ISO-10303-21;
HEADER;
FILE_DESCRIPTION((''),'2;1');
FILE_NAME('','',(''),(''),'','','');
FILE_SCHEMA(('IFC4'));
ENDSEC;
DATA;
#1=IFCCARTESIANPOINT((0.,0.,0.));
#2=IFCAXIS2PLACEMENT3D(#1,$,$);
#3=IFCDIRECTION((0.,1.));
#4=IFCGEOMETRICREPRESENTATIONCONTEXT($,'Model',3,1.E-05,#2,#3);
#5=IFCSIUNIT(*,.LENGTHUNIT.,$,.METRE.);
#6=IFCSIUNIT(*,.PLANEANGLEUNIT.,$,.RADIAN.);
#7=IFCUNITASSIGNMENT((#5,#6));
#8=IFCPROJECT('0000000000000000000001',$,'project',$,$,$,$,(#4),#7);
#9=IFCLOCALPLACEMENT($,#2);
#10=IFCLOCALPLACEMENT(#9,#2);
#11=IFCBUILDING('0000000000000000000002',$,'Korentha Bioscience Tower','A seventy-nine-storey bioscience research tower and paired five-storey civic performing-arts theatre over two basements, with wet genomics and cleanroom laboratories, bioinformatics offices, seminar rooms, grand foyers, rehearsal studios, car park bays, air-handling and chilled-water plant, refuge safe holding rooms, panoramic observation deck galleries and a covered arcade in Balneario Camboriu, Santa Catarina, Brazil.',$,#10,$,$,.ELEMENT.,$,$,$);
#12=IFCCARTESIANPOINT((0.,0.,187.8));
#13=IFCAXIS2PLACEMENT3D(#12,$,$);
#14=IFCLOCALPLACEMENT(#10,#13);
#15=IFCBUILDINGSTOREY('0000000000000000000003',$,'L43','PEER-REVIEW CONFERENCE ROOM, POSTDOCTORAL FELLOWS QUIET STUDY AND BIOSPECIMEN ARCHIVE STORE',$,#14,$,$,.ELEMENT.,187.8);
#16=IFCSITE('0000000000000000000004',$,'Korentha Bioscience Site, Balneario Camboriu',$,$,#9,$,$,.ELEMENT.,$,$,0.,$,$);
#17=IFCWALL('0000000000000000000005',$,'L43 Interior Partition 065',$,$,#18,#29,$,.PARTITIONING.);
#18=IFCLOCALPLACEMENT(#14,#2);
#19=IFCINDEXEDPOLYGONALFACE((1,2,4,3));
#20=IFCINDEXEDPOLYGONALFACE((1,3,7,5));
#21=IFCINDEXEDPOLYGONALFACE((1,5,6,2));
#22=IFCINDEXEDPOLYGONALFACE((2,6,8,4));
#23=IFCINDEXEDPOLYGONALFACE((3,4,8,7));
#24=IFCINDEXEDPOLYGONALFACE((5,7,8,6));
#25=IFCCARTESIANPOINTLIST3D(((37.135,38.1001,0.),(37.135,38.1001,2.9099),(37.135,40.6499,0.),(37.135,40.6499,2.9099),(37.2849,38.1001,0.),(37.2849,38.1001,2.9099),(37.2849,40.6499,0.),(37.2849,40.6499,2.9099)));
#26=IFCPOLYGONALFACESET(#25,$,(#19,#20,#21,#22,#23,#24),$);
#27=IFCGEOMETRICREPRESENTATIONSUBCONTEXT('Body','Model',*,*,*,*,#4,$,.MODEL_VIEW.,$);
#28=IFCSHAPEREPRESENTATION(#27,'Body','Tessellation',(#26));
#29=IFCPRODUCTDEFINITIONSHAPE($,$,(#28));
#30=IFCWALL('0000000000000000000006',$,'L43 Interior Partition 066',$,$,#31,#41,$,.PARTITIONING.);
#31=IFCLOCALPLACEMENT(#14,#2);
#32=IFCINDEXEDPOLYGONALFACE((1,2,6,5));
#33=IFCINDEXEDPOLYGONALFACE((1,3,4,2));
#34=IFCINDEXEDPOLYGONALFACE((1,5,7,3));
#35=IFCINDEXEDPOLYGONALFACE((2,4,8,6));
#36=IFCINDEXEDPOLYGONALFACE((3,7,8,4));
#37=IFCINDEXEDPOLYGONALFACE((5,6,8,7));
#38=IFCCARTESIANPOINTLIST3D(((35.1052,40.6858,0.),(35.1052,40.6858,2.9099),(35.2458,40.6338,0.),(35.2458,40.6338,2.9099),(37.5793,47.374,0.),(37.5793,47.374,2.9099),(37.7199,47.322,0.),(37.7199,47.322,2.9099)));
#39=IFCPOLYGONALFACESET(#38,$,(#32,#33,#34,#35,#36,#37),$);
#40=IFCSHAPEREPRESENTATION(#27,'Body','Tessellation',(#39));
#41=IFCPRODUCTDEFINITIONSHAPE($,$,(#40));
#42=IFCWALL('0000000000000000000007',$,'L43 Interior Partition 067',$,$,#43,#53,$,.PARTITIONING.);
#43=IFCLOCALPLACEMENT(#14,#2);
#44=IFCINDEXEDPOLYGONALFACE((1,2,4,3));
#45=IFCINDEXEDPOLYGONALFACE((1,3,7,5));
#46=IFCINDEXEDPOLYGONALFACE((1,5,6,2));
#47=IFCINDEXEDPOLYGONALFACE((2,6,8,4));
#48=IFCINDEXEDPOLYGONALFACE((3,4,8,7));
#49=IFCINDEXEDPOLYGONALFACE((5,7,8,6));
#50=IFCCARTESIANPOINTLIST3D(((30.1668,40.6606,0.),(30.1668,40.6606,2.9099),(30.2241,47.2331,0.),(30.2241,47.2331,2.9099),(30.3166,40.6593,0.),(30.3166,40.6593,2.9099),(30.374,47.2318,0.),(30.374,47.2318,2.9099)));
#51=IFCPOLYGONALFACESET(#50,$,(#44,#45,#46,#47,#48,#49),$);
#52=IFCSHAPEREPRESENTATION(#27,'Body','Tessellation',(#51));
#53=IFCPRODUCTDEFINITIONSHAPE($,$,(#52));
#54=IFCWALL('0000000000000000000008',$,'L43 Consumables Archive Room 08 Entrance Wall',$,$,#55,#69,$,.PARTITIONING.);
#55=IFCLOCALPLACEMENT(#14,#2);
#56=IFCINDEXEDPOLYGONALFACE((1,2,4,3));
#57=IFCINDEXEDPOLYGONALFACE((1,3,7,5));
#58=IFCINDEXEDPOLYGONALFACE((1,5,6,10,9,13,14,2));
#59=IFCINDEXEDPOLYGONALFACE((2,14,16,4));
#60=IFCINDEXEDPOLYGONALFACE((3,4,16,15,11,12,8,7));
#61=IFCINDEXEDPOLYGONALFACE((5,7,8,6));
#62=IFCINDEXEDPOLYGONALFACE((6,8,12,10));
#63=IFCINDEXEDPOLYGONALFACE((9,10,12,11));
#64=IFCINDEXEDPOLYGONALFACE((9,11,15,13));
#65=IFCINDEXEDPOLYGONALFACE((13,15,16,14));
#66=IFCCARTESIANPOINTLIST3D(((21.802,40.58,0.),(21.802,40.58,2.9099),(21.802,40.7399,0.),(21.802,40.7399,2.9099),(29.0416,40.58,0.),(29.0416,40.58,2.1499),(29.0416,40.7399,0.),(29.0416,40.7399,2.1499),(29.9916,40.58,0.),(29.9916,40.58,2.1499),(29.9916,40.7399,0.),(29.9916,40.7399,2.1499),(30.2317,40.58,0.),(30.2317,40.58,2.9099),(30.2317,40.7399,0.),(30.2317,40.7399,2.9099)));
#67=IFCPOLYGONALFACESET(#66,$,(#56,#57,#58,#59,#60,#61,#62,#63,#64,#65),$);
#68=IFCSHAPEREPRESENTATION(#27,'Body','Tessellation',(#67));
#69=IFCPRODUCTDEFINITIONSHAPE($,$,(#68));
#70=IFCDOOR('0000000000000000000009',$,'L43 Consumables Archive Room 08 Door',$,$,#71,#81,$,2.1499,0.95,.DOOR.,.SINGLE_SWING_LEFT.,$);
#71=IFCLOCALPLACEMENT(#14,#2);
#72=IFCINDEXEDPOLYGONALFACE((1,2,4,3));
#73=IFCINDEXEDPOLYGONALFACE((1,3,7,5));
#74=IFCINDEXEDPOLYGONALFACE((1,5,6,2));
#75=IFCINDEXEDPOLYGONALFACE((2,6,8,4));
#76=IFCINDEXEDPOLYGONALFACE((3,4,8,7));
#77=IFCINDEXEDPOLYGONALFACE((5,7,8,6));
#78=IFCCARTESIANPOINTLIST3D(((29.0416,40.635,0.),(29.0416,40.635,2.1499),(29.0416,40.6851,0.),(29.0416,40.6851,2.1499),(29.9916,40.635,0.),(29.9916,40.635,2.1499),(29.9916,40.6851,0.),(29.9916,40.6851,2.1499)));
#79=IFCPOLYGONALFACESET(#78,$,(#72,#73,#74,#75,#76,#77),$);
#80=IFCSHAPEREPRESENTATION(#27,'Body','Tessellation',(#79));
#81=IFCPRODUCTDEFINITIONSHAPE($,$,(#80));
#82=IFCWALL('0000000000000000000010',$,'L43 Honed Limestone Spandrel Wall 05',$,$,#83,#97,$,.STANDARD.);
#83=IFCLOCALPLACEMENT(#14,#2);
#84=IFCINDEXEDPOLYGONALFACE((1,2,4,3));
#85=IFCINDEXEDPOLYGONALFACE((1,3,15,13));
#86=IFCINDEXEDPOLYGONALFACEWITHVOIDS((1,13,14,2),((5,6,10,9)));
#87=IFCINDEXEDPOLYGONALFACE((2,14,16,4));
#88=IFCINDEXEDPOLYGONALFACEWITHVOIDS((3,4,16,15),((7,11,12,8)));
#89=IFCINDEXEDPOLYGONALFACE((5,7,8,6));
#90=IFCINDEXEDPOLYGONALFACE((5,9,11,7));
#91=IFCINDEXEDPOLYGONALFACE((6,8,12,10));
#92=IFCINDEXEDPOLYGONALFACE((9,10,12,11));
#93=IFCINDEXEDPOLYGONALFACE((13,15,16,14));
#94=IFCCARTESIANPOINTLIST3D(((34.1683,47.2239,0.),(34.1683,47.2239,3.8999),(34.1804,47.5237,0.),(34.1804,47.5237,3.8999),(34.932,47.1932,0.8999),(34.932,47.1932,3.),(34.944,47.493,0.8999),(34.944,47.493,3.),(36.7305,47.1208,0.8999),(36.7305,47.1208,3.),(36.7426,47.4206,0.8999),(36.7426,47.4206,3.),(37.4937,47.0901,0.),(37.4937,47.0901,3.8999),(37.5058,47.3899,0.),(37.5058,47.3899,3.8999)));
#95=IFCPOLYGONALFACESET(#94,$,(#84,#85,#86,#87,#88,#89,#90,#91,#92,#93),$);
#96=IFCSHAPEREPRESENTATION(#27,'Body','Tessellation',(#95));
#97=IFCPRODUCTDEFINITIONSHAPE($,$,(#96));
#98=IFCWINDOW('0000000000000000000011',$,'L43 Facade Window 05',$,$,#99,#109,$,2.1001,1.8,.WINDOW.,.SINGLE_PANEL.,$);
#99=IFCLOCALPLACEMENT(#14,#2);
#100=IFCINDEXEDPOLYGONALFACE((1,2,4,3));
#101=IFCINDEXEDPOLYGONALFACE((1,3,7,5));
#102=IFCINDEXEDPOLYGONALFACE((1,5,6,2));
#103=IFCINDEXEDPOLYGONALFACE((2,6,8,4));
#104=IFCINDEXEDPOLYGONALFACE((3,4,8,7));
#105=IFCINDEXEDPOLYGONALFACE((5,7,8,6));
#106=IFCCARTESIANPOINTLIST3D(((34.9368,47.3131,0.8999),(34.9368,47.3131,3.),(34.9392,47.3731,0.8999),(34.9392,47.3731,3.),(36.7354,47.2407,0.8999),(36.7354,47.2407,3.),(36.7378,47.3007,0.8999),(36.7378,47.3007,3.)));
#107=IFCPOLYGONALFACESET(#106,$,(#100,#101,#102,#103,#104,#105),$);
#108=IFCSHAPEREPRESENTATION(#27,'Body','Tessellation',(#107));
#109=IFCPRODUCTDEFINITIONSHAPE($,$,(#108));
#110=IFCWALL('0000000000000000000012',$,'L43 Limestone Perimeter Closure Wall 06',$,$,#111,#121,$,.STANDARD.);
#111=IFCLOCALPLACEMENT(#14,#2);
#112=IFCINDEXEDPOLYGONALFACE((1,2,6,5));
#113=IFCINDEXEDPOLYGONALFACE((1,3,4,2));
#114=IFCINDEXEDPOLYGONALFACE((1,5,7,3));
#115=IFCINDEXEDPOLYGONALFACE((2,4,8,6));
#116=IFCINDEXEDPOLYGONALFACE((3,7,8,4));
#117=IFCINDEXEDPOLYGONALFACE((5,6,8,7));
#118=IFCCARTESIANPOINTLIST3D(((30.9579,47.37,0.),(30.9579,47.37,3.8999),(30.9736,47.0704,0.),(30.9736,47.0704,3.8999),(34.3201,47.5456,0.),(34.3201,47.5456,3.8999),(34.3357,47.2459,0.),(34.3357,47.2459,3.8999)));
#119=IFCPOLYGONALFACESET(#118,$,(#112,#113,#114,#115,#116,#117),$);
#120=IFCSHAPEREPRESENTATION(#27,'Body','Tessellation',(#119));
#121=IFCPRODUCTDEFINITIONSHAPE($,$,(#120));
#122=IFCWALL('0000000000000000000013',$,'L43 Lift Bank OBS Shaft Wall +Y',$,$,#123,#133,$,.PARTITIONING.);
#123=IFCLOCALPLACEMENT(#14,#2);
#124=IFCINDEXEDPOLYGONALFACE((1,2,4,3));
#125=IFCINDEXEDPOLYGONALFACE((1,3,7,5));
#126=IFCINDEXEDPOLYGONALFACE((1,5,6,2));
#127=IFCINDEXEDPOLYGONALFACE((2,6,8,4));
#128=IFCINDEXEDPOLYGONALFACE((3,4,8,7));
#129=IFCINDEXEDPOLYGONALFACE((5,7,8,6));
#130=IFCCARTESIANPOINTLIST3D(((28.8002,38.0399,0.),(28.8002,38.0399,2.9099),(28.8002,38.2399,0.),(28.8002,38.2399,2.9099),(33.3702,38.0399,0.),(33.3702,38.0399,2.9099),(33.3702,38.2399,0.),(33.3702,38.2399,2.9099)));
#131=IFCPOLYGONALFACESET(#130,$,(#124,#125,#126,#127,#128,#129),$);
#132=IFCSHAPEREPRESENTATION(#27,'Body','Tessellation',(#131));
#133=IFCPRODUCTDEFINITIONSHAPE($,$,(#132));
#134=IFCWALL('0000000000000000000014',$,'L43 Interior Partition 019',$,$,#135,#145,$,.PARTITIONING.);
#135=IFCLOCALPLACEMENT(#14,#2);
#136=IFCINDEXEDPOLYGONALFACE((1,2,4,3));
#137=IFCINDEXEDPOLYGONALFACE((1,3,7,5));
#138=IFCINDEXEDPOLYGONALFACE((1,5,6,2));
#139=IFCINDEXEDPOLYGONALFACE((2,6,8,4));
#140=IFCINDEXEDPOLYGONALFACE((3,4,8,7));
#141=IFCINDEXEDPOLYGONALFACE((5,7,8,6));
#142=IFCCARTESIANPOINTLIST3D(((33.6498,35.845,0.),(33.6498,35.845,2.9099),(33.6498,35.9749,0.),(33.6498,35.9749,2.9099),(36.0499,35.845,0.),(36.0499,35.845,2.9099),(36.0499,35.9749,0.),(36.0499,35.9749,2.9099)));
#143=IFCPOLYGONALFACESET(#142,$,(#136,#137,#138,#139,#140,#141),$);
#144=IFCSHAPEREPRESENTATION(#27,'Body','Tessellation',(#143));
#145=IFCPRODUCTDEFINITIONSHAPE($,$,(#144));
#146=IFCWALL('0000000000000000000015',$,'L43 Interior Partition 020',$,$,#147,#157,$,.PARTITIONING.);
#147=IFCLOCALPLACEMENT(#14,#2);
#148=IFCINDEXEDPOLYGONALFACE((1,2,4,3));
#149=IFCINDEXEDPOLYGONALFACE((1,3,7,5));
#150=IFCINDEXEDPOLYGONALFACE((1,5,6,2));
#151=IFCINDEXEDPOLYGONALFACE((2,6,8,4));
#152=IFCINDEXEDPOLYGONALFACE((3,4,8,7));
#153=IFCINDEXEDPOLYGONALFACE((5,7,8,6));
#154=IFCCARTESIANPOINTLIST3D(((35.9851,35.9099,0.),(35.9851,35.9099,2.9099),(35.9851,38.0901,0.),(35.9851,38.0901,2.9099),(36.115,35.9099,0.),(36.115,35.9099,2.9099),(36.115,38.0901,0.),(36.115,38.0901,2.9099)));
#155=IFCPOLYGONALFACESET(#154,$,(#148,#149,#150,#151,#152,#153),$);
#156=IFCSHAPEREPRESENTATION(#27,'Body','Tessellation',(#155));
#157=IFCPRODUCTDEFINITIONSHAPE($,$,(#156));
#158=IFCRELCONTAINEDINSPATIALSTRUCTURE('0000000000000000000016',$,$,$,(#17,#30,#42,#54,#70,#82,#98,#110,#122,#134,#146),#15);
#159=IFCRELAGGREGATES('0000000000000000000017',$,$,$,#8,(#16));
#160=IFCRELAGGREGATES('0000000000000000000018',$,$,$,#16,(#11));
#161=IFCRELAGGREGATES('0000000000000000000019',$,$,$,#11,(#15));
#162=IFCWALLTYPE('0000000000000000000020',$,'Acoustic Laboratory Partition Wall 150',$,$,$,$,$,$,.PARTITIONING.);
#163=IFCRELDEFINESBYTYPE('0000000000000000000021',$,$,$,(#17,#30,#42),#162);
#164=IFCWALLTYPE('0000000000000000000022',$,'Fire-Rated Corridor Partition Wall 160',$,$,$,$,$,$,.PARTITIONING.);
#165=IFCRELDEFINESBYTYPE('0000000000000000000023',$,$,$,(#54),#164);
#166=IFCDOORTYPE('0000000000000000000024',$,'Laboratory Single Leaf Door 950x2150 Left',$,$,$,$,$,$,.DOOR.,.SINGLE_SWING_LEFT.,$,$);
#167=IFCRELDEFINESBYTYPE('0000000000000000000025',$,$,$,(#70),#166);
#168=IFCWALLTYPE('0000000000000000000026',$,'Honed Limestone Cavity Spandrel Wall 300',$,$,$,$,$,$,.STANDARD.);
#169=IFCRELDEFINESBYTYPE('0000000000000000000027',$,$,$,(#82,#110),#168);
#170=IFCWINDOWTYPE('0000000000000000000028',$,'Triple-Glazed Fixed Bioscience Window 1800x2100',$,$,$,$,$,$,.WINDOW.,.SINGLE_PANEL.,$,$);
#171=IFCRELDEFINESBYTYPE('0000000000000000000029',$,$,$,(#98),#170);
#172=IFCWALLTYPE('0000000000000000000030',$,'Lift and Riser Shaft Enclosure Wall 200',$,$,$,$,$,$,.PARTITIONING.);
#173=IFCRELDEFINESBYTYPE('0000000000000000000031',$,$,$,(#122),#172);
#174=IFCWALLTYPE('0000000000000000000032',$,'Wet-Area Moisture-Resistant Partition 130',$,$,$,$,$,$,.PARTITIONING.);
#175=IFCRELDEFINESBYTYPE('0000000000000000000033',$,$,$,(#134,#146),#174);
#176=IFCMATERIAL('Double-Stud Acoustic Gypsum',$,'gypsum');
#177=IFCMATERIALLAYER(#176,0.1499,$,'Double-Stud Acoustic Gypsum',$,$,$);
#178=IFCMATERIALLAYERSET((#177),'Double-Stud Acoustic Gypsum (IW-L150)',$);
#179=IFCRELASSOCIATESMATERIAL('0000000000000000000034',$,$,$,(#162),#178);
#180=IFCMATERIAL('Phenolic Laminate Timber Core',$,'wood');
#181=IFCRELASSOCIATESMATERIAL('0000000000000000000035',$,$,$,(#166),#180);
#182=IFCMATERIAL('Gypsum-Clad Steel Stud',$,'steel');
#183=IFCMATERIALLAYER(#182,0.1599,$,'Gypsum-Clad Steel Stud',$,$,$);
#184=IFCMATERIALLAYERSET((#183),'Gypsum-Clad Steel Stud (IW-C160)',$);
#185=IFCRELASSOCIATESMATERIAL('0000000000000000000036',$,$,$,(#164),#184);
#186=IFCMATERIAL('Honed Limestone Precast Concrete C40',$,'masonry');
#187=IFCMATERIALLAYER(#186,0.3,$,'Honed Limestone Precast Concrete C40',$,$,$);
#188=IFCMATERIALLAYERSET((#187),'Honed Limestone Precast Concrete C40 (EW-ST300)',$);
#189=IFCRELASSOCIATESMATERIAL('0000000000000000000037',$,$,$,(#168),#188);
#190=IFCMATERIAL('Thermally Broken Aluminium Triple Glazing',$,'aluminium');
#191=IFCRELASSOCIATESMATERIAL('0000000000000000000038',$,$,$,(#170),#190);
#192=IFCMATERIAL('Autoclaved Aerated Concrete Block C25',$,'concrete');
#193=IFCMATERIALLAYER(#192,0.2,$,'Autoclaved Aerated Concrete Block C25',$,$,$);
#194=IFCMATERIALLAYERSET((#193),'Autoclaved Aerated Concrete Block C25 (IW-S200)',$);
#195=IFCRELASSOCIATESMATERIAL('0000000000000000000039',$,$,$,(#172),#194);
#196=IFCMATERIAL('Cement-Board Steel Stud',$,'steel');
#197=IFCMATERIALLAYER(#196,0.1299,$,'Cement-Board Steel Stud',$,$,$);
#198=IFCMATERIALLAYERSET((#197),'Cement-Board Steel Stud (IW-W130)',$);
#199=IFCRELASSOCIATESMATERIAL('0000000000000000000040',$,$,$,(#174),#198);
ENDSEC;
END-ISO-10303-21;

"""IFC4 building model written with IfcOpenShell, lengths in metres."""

from ifc_helpers import new_model, si_unit, direction, frame, frame_2d, origin, place, context, subcontext, project, spatial, rectangle, extrude, material, layer, layer_set, type_object, element, fill, save


model = new_model("IFC4")

# Units and contexts
model_context = context("Model", 3, precision=1e-05, world=origin(), true_north=direction((0.0, 1.0)))
body_context = subcontext(model_context, "Body", "Model", "MODEL_VIEW")
ifc_project = project(units=[si_unit("LENGTHUNIT", "METRE"), si_unit("PLANEANGLEUNIT", "RADIAN")], contexts=[model_context])

# Site, building, storey
site_placement = place(None, origin())
site = spatial("IfcSite", under=ifc_project, at=site_placement, Name="Korentha Bioscience Site, Balneario Camboriu", CompositionType="ELEMENT", RefElevation=0.0)
building_placement = place(site_placement, origin())
building = spatial("IfcBuilding", under=site, at=building_placement, Name="Korentha Bioscience Tower", Description="A seventy-nine-storey bioscience research tower and paired five-storey civic performing-arts theatre over two basements, with wet genomics and cleanroom laboratories, bioinformatics offices, seminar rooms, grand foyers, rehearsal studios, car park bays, air-handling and chilled-water plant, refuge safe holding rooms, panoramic observation deck galleries and a covered arcade in Balneario Camboriu, Santa Catarina, Brazil.", CompositionType="ELEMENT")
storey_placement = place(building_placement, frame((0.0, 0.0, 187.8)))
storey = spatial("IfcBuildingStorey", under=building, at=storey_placement, Name="L43", Description="PEER-REVIEW CONFERENCE ROOM, POSTDOCTORAL FELLOWS QUIET STUDY AND BIOSPECIMEN ARCHIVE STORE", CompositionType="ELEMENT", Elevation=187.8)

# Shared definitions
ifc_material_1 = material(Name="Double-Stud Acoustic Gypsum", Category="gypsum")
ifc_layer_1 = layer(ifc_material_1, 0.1499, Name="Double-Stud Acoustic Gypsum")
ifc_layer_set_1 = layer_set([ifc_layer_1], Name="Double-Stud Acoustic Gypsum (IW-L150)")
wall_type_1 = type_object("IfcWallType", Name="Acoustic Laboratory Partition Wall 150", PredefinedType="PARTITIONING", material=ifc_layer_set_1)
ifc_material_2 = material(Name="Phenolic Laminate Timber Core", Category="wood")
door_type_1 = type_object("IfcDoorType", Name="Laboratory Single Leaf Door 950x2150 Left", OperationType="SINGLE_SWING_LEFT", PredefinedType="DOOR", material=ifc_material_2)

# Walls
wall_1_placement = place(storey_placement, frame((37.21, 38.1001, 0.0), z_axis=(0.0, 0.0, 1.0), x_axis=(0.0, 1.0, 0.0)))
element("IfcWall", 1, at=wall_1_placement, inside=storey, type_object=wall_type_1, Name="L43 Interior Partition 065", PredefinedType="PARTITIONING", context=body_context, shape_type="SweptSolid", body=[
    extrude(rectangle(XDim=2.5498, YDim=0.1499, at=frame_2d((1.2749, 0.0))), origin(), (0.0, 0.0, 1.0), 2.9099),
])
wall_2_placement = place(storey_placement, frame((35.1755, 40.6599, 0.0), z_axis=(0.0, 0.0, 1.0), x_axis=(0.346944, 0.937886, 0.0)))
element("IfcWall", 2, at=wall_2_placement, inside=storey, type_object=wall_type_1, Name="L43 Interior Partition 066", PredefinedType="PARTITIONING", context=body_context, shape_type="SweptSolid", body=[
    extrude(rectangle(XDim=7.1311, YDim=0.1499, at=frame_2d((3.5654, 0.0))), origin(), (0.0, 0.0, 1.0), 2.9099),
])
wall_3_placement = place(storey_placement, frame((30.2417, 40.6599, 0.0), z_axis=(0.0, 0.0, 1.0), x_axis=(0.008729, 0.999962, 0.0)))
element("IfcWall", 3, at=wall_3_placement, inside=storey, type_object=wall_type_1, Name="L43 Interior Partition 067", PredefinedType="PARTITIONING", context=body_context, shape_type="SweptSolid", body=[
    extrude(rectangle(XDim=6.5728, YDim=0.1499, at=frame_2d((3.2864, 0.0))), origin(), (0.0, 0.0, 1.0), 2.9099),
])

# Wall, opening, door
ifc_material_3 = material(Name="Gypsum-Clad Steel Stud", Category="steel")
ifc_layer_2 = layer(ifc_material_3, 0.1599, Name="Gypsum-Clad Steel Stud")
ifc_layer_set_2 = layer_set([ifc_layer_2], Name="Gypsum-Clad Steel Stud (IW-C160)")
wall_type_2 = type_object("IfcWallType", Name="Fire-Rated Corridor Partition Wall 160", PredefinedType="PARTITIONING", material=ifc_layer_set_2)
wall_4_placement = place(storey_placement, frame((30.2317, 40.6599, 0.0), z_axis=(0.0, 0.0, 1.0), x_axis=(-1.0, 0.0, 0.0)))
wall_4 = element("IfcWall", 4, at=wall_4_placement, inside=storey, type_object=wall_type_2, Name="L43 Consumables Archive Room 08 Entrance Wall", PredefinedType="PARTITIONING", context=body_context, shape_type="SweptSolid", body=[
    extrude(rectangle(XDim=8.4297, YDim=0.1599, at=frame_2d((4.2148, 0.0))), origin(), (0.0, 0.0, 1.0), 2.9099),
])
opening_1_placement = place(wall_4_placement, frame((0.24, 0.0, 0.0)))
opening_1 = element("IfcOpeningElement", 5, at=opening_1_placement, cuts=wall_4, PredefinedType="OPENING", context=body_context, shape_type="SweptSolid", body=[
    extrude(rectangle(XDim=0.95, YDim=2.1499, at=frame_2d((0.4751, 1.075))), frame((0.0, 0.0947, 0.0), z_axis=(0.0, -1.0, 0.0), x_axis=(1.0, 0.0, 0.0)), (0.0, 0.0, 1.0), 0.1897),
])
door_1_placement = place(opening_1_placement, origin())
door_1 = element("IfcDoor", 6, at=door_1_placement, inside=storey, type_object=door_type_1, Name="L43 Consumables Archive Room 08 Door", OperationType="SINGLE_SWING_LEFT", OverallHeight=2.1499, OverallWidth=0.95, PredefinedType="DOOR", context=body_context, shape_type="SweptSolid", body=[
    extrude(rectangle(XDim=0.95, YDim=2.1499, at=frame_2d((0.4751, 1.075))), frame((0.0, 0.0249, 0.0), z_axis=(0.0, -1.0, 0.0), x_axis=(1.0, 0.0, 0.0)), (0.0, 0.0, 1.0), 0.05),
])
fill(opening_1, door_1)

# Wall, opening, window
ifc_material_4 = material(Name="Honed Limestone Precast Concrete C40", Category="masonry")
ifc_layer_3 = layer(ifc_material_4, 0.3, Name="Honed Limestone Precast Concrete C40")
ifc_layer_set_3 = layer_set([ifc_layer_3], Name="Honed Limestone Precast Concrete C40 (EW-ST300)")
wall_type_3 = type_object("IfcWallType", Name="Honed Limestone Cavity Spandrel Wall 300", PredefinedType="STANDARD", material=ifc_layer_set_3)
wall_5_placement = place(storey_placement, frame((37.4998, 47.24, 0.0), z_axis=(0.0, 0.0, 1.0), x_axis=(-0.999192, 0.040199, 0.0)))
wall_5 = element("IfcWall", 7, at=wall_5_placement, inside=storey, type_object=wall_type_3, Name="L43 Honed Limestone Spandrel Wall 05", PredefinedType="STANDARD", context=body_context, shape_type="SweptSolid", body=[
    extrude(rectangle(XDim=3.3281, YDim=0.3, at=frame_2d((1.6641, 0.0))), origin(), (0.0, 0.0, 1.0), 3.8999),
])
opening_2_placement = place(wall_5_placement, frame((0.7639, 0.0, 0.8999)))
opening_2 = element("IfcOpeningElement", 8, at=opening_2_placement, cuts=wall_5, PredefinedType="OPENING", context=body_context, shape_type="SweptSolid", body=[
    extrude(rectangle(XDim=1.8, YDim=2.1001, at=frame_2d((0.8999, 1.05))), frame((0.0, 0.165, 0.0), z_axis=(0.0, -1.0, 0.0), x_axis=(1.0, 0.0, 0.0)), (0.0, 0.0, 1.0), 0.3298),
])
ifc_material_5 = material(Name="Thermally Broken Aluminium Triple Glazing", Category="aluminium")
window_type = type_object("IfcWindowType", Name="Triple-Glazed Fixed Bioscience Window 1800x2100", PartitioningType="SINGLE_PANEL", PredefinedType="WINDOW", material=ifc_material_5)
window_placement = place(opening_2_placement, origin())
window = element("IfcWindow", 9, at=window_placement, inside=storey, type_object=window_type, Name="L43 Facade Window 05", OverallHeight=2.1001, OverallWidth=1.8, PartitioningType="SINGLE_PANEL", PredefinedType="WINDOW", context=body_context, shape_type="SweptSolid", body=[
    extrude(rectangle(XDim=1.8, YDim=2.1001, at=frame_2d((0.8999, 1.05))), frame((0.0, 0.03, 0.0), z_axis=(0.0, -1.0, 0.0), x_axis=(1.0, 0.0, 0.0)), (0.0, 0.0, 1.0), 0.0601),
])
fill(opening_2, window)

# Walls
wall_6_placement = place(storey_placement, frame((34.3279, 47.3958, 0.0), z_axis=(0.0, 0.0, 1.0), x_axis=(-0.99864, -0.05214, 0.0)))
element("IfcWall", 10, at=wall_6_placement, inside=storey, type_object=wall_type_3, Name="L43 Limestone Perimeter Closure Wall 06", PredefinedType="STANDARD", context=body_context, shape_type="SweptSolid", body=[
    extrude(rectangle(XDim=3.3667, YDim=0.3, at=frame_2d((1.6833, 0.0))), origin(), (0.0, 0.0, 1.0), 3.8999),
])
ifc_material_6 = material(Name="Autoclaved Aerated Concrete Block C25", Category="concrete")
ifc_layer_4 = layer(ifc_material_6, 0.2, Name="Autoclaved Aerated Concrete Block C25")
ifc_layer_set_4 = layer_set([ifc_layer_4], Name="Autoclaved Aerated Concrete Block C25 (IW-S200)")
wall_type_4 = type_object("IfcWallType", Name="Lift and Riser Shaft Enclosure Wall 200", PredefinedType="PARTITIONING", material=ifc_layer_set_4)
wall_7_placement = place(storey_placement, frame((28.8, 38.1399, 0.0), z_axis=(0.0, 0.0, 1.0), x_axis=(1.0, 0.0, 0.0)))
element("IfcWall", 11, at=wall_7_placement, inside=storey, type_object=wall_type_4, Name="L43 Lift Bank OBS Shaft Wall +Y", PredefinedType="PARTITIONING", context=body_context, shape_type="SweptSolid", body=[
    extrude(rectangle(XDim=4.5701, YDim=0.2, at=frame_2d((2.2852, 0.0))), origin(), (0.0, 0.0, 1.0), 2.9099),
])

# Shared definitions
ifc_material_7 = material(Name="Cement-Board Steel Stud", Category="steel")
ifc_layer_5 = layer(ifc_material_7, 0.1299, Name="Cement-Board Steel Stud")
ifc_layer_set_5 = layer_set([ifc_layer_5], Name="Cement-Board Steel Stud (IW-W130)")
wall_type_5 = type_object("IfcWallType", Name="Wet-Area Moisture-Resistant Partition 130", PredefinedType="PARTITIONING", material=ifc_layer_set_5)

# Walls
wall_8_placement = place(storey_placement, frame((36.05, 35.9099, 0.0), z_axis=(0.0, 0.0, 1.0), x_axis=(-1.0, 0.0, 0.0)))
element("IfcWall", 12, at=wall_8_placement, inside=storey, type_object=wall_type_5, Name="L43 Interior Partition 019", PredefinedType="PARTITIONING", context=body_context, shape_type="SweptSolid", body=[
    extrude(rectangle(XDim=2.4001, YDim=0.1299, at=frame_2d((1.2002, 0.0))), origin(), (0.0, 0.0, 1.0), 2.9099),
])
wall_9_placement = place(storey_placement, frame((36.05, 38.0901, 0.0), z_axis=(0.0, 0.0, 1.0), x_axis=(0.0, -1.0, 0.0)))
element("IfcWall", 13, at=wall_9_placement, inside=storey, type_object=wall_type_5, Name="L43 Interior Partition 020", PredefinedType="PARTITIONING", context=body_context, shape_type="SweptSolid", body=[
    extrude(rectangle(XDim=2.1802, YDim=0.1299, at=frame_2d((1.0901, 0.0))), origin(), (0.0, 0.0, 1.0), 2.9099),
])

save(model, "model.ifc")
